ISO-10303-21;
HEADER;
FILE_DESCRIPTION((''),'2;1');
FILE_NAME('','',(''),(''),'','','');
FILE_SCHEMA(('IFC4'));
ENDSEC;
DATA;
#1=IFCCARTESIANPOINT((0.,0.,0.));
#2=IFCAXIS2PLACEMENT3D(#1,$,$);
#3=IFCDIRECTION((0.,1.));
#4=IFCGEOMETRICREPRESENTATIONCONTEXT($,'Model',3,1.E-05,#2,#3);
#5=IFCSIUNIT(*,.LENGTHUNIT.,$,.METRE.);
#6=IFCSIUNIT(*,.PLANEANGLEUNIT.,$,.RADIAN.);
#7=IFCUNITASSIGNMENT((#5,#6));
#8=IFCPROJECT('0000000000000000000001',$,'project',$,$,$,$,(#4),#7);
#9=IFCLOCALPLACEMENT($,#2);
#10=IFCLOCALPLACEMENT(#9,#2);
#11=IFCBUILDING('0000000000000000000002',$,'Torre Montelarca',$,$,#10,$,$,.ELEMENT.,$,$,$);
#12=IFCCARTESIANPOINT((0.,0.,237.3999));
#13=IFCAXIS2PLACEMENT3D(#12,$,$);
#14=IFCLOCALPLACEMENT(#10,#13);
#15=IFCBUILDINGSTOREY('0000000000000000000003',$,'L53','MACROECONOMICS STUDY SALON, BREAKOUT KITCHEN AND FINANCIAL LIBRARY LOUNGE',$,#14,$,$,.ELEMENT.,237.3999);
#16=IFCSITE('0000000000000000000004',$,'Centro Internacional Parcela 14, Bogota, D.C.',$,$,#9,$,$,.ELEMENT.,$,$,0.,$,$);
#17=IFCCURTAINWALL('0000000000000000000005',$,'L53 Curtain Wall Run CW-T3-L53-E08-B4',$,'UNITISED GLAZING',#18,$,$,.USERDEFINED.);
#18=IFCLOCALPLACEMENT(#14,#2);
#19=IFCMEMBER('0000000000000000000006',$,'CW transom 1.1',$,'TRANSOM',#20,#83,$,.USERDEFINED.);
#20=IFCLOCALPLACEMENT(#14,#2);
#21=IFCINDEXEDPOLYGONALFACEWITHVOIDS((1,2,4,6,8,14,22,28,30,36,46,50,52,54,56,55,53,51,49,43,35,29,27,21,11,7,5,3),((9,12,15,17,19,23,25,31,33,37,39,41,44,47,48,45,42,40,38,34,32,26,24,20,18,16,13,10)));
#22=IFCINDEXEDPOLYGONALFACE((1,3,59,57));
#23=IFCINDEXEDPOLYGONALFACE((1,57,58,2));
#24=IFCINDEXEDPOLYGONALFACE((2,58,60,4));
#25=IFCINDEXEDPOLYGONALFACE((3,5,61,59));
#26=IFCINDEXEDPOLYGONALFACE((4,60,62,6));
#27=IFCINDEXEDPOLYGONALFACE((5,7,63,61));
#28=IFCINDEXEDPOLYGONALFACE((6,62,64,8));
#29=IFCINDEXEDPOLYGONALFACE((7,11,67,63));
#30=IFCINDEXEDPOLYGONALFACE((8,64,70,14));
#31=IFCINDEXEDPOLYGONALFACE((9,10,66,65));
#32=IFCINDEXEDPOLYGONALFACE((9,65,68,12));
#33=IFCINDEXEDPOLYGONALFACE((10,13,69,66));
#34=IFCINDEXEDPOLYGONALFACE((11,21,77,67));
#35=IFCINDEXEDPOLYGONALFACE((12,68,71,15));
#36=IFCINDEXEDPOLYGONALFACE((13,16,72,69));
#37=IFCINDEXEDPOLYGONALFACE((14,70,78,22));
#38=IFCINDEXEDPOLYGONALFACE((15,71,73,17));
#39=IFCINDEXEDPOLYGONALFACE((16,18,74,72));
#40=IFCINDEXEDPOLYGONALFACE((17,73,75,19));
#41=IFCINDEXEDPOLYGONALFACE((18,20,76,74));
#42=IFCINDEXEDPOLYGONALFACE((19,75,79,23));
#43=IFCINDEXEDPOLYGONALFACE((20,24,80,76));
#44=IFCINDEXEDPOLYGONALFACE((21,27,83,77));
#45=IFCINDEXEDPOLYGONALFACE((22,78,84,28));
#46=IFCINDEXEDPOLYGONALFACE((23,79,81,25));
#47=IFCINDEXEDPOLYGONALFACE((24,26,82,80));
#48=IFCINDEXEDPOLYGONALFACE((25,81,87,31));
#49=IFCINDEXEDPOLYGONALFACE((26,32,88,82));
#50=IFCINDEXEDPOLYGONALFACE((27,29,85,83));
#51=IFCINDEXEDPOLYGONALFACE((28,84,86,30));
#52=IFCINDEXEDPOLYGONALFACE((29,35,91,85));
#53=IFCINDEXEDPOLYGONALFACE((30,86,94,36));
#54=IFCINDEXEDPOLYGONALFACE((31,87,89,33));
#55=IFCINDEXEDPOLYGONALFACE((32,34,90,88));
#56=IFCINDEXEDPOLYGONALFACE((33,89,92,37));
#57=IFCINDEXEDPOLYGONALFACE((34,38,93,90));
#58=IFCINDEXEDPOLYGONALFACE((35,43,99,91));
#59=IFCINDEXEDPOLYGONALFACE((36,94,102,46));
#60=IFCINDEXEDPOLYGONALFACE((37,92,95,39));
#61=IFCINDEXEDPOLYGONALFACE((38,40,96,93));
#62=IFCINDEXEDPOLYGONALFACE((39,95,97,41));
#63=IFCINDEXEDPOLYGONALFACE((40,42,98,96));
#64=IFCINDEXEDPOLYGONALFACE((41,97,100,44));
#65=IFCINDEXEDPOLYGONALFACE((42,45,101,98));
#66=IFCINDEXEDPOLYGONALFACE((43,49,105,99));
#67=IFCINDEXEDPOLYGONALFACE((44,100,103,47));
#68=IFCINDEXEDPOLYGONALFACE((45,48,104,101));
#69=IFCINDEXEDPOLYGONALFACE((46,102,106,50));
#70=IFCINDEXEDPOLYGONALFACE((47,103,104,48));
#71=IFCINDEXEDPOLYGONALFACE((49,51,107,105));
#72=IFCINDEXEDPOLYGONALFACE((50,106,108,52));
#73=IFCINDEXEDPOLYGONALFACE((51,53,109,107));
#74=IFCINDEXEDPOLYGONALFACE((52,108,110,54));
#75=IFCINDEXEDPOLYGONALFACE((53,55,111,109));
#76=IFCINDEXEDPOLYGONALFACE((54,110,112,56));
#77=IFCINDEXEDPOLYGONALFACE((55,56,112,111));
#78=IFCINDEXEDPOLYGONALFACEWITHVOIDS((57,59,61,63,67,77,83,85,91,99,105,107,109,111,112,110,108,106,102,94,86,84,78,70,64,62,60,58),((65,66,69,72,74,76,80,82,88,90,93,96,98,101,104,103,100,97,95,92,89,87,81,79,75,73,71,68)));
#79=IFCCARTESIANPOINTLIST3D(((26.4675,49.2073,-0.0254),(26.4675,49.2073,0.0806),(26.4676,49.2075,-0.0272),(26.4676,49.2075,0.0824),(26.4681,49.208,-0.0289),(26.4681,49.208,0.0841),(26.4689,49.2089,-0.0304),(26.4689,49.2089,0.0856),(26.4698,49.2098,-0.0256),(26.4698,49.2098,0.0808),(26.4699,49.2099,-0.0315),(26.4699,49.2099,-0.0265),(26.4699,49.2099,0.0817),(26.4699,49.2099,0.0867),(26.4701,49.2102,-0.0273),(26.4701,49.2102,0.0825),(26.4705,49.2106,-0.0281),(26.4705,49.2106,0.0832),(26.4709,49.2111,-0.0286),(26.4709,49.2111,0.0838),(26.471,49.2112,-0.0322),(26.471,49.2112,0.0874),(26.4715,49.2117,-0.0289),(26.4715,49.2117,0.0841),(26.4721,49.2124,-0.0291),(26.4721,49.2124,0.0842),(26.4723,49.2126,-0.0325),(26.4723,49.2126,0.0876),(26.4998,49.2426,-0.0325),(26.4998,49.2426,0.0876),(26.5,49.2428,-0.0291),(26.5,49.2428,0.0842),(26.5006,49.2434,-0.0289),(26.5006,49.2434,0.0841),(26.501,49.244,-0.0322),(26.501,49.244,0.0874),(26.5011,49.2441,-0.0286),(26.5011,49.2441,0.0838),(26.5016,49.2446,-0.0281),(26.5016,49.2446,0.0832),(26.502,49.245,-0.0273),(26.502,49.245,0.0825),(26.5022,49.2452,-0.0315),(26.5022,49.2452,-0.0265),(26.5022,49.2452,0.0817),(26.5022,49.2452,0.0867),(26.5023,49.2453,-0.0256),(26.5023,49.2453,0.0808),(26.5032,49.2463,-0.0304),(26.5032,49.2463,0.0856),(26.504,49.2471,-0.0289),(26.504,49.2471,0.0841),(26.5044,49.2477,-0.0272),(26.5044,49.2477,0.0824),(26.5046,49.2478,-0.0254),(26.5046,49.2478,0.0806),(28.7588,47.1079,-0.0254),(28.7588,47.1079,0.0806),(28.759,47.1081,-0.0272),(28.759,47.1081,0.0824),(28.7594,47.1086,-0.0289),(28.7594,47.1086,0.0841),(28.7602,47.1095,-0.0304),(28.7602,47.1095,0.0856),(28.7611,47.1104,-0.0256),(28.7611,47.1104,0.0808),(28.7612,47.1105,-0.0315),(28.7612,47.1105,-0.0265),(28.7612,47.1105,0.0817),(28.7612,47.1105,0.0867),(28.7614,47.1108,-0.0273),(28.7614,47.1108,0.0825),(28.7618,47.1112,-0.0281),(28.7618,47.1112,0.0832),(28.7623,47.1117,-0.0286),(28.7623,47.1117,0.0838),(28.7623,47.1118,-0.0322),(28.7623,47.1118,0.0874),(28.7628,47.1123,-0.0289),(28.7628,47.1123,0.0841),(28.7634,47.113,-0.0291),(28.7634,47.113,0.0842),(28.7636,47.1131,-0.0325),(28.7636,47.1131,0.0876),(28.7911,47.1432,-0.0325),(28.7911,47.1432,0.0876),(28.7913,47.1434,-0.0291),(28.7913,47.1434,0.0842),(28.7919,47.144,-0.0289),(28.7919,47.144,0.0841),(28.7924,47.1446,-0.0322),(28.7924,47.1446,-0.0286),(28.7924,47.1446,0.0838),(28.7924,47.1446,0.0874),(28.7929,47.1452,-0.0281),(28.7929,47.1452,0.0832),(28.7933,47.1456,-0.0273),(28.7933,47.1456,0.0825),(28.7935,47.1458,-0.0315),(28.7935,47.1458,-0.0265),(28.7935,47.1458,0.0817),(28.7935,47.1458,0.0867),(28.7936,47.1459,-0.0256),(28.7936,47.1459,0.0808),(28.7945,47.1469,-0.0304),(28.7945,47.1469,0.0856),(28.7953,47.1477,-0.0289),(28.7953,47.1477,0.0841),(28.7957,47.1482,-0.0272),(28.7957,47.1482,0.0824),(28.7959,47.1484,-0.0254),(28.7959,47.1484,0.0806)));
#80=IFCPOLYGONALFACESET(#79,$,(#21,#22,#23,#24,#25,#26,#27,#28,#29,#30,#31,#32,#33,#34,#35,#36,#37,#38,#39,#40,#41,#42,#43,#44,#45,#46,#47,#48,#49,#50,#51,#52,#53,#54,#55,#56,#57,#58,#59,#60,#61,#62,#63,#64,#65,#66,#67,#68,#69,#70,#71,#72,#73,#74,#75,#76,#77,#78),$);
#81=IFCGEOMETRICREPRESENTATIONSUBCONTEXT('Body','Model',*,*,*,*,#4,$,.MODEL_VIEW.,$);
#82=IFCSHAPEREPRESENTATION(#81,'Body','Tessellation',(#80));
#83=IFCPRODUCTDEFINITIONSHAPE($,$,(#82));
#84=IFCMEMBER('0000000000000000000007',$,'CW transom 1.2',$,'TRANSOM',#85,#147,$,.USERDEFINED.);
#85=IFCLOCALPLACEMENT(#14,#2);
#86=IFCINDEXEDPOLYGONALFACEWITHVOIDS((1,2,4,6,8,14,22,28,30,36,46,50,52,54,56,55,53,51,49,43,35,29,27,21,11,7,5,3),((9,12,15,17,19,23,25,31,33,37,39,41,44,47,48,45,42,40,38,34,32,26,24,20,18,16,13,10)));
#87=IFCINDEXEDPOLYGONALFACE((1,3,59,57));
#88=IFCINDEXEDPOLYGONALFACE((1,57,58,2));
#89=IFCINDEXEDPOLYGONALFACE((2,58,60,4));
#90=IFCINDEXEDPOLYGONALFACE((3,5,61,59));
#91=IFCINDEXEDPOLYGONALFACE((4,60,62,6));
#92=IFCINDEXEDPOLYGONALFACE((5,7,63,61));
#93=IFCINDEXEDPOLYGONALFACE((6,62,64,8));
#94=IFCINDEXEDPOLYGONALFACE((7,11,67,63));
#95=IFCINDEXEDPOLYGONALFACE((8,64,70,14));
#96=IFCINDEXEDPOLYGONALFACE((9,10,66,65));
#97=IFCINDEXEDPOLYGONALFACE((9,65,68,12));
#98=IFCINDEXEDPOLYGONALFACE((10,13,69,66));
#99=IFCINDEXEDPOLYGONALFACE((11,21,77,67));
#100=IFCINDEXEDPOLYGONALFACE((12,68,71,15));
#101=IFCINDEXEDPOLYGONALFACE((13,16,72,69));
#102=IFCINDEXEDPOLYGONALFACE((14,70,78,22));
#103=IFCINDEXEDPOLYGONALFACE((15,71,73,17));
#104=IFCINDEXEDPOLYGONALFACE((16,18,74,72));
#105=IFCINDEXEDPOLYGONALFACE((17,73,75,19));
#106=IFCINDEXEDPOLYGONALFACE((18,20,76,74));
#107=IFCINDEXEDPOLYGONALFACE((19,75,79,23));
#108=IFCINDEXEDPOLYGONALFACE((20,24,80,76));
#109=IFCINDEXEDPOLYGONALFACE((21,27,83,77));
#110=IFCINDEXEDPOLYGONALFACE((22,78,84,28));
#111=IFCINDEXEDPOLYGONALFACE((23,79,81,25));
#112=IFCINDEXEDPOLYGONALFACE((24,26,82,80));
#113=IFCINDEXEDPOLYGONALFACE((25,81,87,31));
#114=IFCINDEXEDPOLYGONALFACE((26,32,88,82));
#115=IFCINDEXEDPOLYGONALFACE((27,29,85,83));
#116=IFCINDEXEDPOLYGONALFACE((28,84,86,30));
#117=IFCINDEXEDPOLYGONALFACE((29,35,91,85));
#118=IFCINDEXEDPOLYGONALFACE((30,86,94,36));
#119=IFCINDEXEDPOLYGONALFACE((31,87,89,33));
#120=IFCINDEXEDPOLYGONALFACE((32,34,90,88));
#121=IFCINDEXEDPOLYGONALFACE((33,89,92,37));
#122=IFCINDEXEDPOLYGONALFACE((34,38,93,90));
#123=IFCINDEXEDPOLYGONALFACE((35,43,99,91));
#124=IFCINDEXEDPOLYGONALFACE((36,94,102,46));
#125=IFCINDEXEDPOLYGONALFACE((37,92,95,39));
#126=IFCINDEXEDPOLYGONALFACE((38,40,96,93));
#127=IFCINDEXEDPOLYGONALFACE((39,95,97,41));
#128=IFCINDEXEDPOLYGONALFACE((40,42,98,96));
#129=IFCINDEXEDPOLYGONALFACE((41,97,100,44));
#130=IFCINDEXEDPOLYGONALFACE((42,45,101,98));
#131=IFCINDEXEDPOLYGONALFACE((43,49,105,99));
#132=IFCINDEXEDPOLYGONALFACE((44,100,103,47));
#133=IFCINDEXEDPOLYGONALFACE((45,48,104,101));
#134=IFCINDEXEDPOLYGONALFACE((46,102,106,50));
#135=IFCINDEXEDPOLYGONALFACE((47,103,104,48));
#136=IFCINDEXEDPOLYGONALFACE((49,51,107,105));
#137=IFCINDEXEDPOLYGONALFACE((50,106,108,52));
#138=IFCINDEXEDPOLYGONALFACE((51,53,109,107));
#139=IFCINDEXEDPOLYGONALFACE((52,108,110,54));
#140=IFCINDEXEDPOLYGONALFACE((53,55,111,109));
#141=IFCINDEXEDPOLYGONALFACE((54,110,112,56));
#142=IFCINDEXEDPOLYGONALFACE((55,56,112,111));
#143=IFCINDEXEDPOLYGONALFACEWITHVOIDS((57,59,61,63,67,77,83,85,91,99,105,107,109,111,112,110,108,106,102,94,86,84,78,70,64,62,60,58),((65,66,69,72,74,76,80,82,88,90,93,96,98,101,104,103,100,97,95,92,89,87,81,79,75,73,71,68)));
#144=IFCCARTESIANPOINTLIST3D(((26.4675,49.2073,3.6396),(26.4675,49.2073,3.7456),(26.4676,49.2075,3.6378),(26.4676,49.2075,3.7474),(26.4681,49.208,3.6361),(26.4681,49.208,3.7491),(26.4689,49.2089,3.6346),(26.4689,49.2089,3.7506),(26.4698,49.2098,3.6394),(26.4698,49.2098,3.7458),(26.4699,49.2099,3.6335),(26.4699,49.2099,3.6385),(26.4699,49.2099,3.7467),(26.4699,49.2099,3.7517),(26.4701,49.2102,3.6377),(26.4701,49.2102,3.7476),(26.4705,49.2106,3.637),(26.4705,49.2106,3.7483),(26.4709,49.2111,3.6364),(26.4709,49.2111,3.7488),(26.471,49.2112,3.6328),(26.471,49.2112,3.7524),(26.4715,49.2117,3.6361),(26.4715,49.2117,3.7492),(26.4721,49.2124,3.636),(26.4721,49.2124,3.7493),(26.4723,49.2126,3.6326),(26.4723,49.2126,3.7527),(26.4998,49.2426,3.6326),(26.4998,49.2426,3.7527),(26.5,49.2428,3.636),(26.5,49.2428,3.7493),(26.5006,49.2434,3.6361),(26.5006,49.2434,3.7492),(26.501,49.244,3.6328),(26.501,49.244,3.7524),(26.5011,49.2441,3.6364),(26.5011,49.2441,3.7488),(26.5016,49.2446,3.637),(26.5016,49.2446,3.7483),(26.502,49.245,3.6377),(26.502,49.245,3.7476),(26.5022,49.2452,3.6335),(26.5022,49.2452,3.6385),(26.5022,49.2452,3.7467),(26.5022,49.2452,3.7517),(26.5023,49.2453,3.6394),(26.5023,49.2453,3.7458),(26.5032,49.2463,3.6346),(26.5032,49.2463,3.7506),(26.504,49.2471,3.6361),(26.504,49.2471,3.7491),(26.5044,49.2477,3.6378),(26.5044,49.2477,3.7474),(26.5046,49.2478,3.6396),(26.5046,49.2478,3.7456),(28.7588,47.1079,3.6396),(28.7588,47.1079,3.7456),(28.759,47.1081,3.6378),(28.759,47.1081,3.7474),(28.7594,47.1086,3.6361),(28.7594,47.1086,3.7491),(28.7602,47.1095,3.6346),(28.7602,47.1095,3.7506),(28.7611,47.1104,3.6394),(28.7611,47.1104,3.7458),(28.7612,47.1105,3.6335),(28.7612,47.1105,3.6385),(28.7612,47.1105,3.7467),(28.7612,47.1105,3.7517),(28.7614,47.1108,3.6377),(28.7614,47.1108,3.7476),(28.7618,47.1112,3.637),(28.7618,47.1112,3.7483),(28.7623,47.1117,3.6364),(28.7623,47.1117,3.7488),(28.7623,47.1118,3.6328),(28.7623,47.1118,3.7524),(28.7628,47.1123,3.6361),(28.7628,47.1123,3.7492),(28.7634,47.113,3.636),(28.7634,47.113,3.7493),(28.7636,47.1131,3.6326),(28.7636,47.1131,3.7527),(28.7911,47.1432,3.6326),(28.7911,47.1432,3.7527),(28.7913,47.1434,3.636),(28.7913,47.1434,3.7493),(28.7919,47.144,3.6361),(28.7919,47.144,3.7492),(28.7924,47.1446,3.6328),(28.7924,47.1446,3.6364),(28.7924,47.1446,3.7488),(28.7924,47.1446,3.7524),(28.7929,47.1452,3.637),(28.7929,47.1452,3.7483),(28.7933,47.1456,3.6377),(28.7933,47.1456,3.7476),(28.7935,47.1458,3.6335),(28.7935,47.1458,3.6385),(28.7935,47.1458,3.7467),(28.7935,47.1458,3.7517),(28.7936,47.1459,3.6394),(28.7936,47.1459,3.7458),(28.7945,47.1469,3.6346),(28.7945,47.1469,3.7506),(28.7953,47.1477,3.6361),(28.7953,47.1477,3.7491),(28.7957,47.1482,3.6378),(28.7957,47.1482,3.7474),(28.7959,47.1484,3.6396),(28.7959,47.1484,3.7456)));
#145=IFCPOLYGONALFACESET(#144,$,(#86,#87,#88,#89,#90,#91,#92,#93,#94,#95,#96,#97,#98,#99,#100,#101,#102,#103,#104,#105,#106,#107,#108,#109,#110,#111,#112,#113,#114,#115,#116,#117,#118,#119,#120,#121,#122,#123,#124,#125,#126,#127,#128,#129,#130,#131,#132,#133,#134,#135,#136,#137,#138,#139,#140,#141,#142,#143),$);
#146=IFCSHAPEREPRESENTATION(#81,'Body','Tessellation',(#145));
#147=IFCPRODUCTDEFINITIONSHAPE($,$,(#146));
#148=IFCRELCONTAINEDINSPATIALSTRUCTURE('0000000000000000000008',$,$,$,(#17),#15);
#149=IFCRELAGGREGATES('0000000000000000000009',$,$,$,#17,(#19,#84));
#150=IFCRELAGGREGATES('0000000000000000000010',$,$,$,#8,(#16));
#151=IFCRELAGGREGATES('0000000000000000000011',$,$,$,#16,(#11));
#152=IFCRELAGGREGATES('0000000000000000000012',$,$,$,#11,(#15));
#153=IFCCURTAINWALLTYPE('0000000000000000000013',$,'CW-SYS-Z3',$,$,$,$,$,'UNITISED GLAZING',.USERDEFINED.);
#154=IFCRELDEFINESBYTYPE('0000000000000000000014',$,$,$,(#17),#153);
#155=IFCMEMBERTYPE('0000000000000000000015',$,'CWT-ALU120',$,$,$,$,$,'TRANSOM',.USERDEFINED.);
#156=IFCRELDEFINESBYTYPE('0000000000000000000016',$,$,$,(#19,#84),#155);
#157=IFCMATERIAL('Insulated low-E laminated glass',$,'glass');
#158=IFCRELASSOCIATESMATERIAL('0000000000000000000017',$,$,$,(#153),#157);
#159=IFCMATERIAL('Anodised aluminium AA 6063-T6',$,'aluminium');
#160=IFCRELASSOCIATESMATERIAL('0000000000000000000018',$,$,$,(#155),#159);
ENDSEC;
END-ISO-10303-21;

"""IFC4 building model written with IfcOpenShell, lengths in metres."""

from ifc_helpers import new_model, si_unit, direction, frame, origin, origin_2d, place, context, subcontext, project, spatial, hollow_rectangle, extrude, source, transform, mapped, material, material_profile, profile_set, type_object, element, aggregate, save


model = new_model("IFC4")

# Units and contexts
model_context = context("Model", 3, precision=1e-05, world=origin(), true_north=direction((0.0, 1.0)))
body_context = subcontext(model_context, "Body", "Model", "MODEL_VIEW")
ifc_project = project(units=[si_unit("LENGTHUNIT", "METRE"), si_unit("PLANEANGLEUNIT", "RADIAN")], contexts=[model_context])

# Site, building, storey
site_placement = place(None, origin())
site = spatial("IfcSite", under=ifc_project, at=site_placement, Name="Centro Internacional Parcela 14, Bogota, D.C.", CompositionType="ELEMENT", RefElevation=0.0)
building_placement = place(site_placement, origin())
building = spatial("IfcBuilding", under=site, at=building_placement, Name="Torre Montelarca", CompositionType="ELEMENT")
storey_placement = place(building_placement, frame((0.0, 0.0, 237.3999)))
storey = spatial("IfcBuildingStorey", under=building, at=storey_placement, Name="L53", Description="MACROECONOMICS STUDY SALON, BREAKOUT KITCHEN AND FINANCIAL LIBRARY LOUNGE", CompositionType="ELEMENT", Elevation=237.3999)

# Curtain wall, members
ifc_material_1 = material(Name="Insulated low-E laminated glass", Category="glass")
curtain_wall_type = type_object("IfcCurtainWallType", Name="CW-SYS-Z3", ElementType="UNITISED GLAZING", PredefinedType="USERDEFINED", material=ifc_material_1)
curtain_wall_placement = place(storey_placement, origin())
curtain_wall = element("IfcCurtainWall", 1, at=curtain_wall_placement, inside=storey, type_object=curtain_wall_type, Name="L53 Curtain Wall Run CW-T3-L53-E08-B4", ObjectType="UNITISED GLAZING", PredefinedType="USERDEFINED")
ifc_material_2 = material(Name="Anodised aluminium AA 6063-T6", Category="aluminium")
ifc_material_profile_1 = material_profile(ifc_material_2, hollow_rectangle(XDim=0.0549, YDim=0.1201, WallThickness=0.0034, InnerFilletRadius=0.0034, OuterFilletRadius=0.0071, at=origin_2d()), Name="ALU55X120X3.5", Category="aluminium")
ifc_profile_set_1 = profile_set([ifc_material_profile_1], Name="Anodised aluminium AA 6063-T6")
member_type_1 = type_object("IfcMemberType", Name="CWT-ALU120", ElementType="TRANSOM", PredefinedType="USERDEFINED", material=ifc_profile_set_1)
shared_shape_1 = source(origin(), body_context, "Body", "SweptSolid", [
    extrude(hollow_rectangle(XDim=0.0549, YDim=0.1201, WallThickness=0.0034, InnerFilletRadius=0.0034, OuterFilletRadius=0.0071, at=origin_2d()), origin(), (0.0, 0.0, 1.0), 3.1077),
])
member_1_placement = place(storey_placement, frame((28.7773, 47.1282, 0.0276), z_axis=(-0.737307, 0.675557, 0.0), x_axis=(-0.675557, -0.737307, 0.0)))
member_1 = element("IfcMember", 2, at=member_1_placement, type_object=member_type_1, Name="CW transom 1.1", ObjectType="TRANSOM", PredefinedType="USERDEFINED", context=body_context, shape_type="MappedRepresentation", body=[
    mapped(shared_shape_1, transform((0.0, 0.0, 0.0), scale=1.0)),
])
member_2_placement = place(storey_placement, frame((28.7773, 47.1282, 3.6926), z_axis=(-0.737307, 0.675557, 0.0), x_axis=(-0.675557, -0.737307, 0.0)))
member_2 = element("IfcMember", 3, at=member_2_placement, type_object=member_type_1, Name="CW transom 1.2", ObjectType="TRANSOM", PredefinedType="USERDEFINED", context=body_context, shape_type="MappedRepresentation", body=[
    mapped(shared_shape_1, transform((0.0, 0.0, 0.0), scale=1.0)),
])
aggregate(curtain_wall, [member_1, member_2])

save(model, "model.ifc")
